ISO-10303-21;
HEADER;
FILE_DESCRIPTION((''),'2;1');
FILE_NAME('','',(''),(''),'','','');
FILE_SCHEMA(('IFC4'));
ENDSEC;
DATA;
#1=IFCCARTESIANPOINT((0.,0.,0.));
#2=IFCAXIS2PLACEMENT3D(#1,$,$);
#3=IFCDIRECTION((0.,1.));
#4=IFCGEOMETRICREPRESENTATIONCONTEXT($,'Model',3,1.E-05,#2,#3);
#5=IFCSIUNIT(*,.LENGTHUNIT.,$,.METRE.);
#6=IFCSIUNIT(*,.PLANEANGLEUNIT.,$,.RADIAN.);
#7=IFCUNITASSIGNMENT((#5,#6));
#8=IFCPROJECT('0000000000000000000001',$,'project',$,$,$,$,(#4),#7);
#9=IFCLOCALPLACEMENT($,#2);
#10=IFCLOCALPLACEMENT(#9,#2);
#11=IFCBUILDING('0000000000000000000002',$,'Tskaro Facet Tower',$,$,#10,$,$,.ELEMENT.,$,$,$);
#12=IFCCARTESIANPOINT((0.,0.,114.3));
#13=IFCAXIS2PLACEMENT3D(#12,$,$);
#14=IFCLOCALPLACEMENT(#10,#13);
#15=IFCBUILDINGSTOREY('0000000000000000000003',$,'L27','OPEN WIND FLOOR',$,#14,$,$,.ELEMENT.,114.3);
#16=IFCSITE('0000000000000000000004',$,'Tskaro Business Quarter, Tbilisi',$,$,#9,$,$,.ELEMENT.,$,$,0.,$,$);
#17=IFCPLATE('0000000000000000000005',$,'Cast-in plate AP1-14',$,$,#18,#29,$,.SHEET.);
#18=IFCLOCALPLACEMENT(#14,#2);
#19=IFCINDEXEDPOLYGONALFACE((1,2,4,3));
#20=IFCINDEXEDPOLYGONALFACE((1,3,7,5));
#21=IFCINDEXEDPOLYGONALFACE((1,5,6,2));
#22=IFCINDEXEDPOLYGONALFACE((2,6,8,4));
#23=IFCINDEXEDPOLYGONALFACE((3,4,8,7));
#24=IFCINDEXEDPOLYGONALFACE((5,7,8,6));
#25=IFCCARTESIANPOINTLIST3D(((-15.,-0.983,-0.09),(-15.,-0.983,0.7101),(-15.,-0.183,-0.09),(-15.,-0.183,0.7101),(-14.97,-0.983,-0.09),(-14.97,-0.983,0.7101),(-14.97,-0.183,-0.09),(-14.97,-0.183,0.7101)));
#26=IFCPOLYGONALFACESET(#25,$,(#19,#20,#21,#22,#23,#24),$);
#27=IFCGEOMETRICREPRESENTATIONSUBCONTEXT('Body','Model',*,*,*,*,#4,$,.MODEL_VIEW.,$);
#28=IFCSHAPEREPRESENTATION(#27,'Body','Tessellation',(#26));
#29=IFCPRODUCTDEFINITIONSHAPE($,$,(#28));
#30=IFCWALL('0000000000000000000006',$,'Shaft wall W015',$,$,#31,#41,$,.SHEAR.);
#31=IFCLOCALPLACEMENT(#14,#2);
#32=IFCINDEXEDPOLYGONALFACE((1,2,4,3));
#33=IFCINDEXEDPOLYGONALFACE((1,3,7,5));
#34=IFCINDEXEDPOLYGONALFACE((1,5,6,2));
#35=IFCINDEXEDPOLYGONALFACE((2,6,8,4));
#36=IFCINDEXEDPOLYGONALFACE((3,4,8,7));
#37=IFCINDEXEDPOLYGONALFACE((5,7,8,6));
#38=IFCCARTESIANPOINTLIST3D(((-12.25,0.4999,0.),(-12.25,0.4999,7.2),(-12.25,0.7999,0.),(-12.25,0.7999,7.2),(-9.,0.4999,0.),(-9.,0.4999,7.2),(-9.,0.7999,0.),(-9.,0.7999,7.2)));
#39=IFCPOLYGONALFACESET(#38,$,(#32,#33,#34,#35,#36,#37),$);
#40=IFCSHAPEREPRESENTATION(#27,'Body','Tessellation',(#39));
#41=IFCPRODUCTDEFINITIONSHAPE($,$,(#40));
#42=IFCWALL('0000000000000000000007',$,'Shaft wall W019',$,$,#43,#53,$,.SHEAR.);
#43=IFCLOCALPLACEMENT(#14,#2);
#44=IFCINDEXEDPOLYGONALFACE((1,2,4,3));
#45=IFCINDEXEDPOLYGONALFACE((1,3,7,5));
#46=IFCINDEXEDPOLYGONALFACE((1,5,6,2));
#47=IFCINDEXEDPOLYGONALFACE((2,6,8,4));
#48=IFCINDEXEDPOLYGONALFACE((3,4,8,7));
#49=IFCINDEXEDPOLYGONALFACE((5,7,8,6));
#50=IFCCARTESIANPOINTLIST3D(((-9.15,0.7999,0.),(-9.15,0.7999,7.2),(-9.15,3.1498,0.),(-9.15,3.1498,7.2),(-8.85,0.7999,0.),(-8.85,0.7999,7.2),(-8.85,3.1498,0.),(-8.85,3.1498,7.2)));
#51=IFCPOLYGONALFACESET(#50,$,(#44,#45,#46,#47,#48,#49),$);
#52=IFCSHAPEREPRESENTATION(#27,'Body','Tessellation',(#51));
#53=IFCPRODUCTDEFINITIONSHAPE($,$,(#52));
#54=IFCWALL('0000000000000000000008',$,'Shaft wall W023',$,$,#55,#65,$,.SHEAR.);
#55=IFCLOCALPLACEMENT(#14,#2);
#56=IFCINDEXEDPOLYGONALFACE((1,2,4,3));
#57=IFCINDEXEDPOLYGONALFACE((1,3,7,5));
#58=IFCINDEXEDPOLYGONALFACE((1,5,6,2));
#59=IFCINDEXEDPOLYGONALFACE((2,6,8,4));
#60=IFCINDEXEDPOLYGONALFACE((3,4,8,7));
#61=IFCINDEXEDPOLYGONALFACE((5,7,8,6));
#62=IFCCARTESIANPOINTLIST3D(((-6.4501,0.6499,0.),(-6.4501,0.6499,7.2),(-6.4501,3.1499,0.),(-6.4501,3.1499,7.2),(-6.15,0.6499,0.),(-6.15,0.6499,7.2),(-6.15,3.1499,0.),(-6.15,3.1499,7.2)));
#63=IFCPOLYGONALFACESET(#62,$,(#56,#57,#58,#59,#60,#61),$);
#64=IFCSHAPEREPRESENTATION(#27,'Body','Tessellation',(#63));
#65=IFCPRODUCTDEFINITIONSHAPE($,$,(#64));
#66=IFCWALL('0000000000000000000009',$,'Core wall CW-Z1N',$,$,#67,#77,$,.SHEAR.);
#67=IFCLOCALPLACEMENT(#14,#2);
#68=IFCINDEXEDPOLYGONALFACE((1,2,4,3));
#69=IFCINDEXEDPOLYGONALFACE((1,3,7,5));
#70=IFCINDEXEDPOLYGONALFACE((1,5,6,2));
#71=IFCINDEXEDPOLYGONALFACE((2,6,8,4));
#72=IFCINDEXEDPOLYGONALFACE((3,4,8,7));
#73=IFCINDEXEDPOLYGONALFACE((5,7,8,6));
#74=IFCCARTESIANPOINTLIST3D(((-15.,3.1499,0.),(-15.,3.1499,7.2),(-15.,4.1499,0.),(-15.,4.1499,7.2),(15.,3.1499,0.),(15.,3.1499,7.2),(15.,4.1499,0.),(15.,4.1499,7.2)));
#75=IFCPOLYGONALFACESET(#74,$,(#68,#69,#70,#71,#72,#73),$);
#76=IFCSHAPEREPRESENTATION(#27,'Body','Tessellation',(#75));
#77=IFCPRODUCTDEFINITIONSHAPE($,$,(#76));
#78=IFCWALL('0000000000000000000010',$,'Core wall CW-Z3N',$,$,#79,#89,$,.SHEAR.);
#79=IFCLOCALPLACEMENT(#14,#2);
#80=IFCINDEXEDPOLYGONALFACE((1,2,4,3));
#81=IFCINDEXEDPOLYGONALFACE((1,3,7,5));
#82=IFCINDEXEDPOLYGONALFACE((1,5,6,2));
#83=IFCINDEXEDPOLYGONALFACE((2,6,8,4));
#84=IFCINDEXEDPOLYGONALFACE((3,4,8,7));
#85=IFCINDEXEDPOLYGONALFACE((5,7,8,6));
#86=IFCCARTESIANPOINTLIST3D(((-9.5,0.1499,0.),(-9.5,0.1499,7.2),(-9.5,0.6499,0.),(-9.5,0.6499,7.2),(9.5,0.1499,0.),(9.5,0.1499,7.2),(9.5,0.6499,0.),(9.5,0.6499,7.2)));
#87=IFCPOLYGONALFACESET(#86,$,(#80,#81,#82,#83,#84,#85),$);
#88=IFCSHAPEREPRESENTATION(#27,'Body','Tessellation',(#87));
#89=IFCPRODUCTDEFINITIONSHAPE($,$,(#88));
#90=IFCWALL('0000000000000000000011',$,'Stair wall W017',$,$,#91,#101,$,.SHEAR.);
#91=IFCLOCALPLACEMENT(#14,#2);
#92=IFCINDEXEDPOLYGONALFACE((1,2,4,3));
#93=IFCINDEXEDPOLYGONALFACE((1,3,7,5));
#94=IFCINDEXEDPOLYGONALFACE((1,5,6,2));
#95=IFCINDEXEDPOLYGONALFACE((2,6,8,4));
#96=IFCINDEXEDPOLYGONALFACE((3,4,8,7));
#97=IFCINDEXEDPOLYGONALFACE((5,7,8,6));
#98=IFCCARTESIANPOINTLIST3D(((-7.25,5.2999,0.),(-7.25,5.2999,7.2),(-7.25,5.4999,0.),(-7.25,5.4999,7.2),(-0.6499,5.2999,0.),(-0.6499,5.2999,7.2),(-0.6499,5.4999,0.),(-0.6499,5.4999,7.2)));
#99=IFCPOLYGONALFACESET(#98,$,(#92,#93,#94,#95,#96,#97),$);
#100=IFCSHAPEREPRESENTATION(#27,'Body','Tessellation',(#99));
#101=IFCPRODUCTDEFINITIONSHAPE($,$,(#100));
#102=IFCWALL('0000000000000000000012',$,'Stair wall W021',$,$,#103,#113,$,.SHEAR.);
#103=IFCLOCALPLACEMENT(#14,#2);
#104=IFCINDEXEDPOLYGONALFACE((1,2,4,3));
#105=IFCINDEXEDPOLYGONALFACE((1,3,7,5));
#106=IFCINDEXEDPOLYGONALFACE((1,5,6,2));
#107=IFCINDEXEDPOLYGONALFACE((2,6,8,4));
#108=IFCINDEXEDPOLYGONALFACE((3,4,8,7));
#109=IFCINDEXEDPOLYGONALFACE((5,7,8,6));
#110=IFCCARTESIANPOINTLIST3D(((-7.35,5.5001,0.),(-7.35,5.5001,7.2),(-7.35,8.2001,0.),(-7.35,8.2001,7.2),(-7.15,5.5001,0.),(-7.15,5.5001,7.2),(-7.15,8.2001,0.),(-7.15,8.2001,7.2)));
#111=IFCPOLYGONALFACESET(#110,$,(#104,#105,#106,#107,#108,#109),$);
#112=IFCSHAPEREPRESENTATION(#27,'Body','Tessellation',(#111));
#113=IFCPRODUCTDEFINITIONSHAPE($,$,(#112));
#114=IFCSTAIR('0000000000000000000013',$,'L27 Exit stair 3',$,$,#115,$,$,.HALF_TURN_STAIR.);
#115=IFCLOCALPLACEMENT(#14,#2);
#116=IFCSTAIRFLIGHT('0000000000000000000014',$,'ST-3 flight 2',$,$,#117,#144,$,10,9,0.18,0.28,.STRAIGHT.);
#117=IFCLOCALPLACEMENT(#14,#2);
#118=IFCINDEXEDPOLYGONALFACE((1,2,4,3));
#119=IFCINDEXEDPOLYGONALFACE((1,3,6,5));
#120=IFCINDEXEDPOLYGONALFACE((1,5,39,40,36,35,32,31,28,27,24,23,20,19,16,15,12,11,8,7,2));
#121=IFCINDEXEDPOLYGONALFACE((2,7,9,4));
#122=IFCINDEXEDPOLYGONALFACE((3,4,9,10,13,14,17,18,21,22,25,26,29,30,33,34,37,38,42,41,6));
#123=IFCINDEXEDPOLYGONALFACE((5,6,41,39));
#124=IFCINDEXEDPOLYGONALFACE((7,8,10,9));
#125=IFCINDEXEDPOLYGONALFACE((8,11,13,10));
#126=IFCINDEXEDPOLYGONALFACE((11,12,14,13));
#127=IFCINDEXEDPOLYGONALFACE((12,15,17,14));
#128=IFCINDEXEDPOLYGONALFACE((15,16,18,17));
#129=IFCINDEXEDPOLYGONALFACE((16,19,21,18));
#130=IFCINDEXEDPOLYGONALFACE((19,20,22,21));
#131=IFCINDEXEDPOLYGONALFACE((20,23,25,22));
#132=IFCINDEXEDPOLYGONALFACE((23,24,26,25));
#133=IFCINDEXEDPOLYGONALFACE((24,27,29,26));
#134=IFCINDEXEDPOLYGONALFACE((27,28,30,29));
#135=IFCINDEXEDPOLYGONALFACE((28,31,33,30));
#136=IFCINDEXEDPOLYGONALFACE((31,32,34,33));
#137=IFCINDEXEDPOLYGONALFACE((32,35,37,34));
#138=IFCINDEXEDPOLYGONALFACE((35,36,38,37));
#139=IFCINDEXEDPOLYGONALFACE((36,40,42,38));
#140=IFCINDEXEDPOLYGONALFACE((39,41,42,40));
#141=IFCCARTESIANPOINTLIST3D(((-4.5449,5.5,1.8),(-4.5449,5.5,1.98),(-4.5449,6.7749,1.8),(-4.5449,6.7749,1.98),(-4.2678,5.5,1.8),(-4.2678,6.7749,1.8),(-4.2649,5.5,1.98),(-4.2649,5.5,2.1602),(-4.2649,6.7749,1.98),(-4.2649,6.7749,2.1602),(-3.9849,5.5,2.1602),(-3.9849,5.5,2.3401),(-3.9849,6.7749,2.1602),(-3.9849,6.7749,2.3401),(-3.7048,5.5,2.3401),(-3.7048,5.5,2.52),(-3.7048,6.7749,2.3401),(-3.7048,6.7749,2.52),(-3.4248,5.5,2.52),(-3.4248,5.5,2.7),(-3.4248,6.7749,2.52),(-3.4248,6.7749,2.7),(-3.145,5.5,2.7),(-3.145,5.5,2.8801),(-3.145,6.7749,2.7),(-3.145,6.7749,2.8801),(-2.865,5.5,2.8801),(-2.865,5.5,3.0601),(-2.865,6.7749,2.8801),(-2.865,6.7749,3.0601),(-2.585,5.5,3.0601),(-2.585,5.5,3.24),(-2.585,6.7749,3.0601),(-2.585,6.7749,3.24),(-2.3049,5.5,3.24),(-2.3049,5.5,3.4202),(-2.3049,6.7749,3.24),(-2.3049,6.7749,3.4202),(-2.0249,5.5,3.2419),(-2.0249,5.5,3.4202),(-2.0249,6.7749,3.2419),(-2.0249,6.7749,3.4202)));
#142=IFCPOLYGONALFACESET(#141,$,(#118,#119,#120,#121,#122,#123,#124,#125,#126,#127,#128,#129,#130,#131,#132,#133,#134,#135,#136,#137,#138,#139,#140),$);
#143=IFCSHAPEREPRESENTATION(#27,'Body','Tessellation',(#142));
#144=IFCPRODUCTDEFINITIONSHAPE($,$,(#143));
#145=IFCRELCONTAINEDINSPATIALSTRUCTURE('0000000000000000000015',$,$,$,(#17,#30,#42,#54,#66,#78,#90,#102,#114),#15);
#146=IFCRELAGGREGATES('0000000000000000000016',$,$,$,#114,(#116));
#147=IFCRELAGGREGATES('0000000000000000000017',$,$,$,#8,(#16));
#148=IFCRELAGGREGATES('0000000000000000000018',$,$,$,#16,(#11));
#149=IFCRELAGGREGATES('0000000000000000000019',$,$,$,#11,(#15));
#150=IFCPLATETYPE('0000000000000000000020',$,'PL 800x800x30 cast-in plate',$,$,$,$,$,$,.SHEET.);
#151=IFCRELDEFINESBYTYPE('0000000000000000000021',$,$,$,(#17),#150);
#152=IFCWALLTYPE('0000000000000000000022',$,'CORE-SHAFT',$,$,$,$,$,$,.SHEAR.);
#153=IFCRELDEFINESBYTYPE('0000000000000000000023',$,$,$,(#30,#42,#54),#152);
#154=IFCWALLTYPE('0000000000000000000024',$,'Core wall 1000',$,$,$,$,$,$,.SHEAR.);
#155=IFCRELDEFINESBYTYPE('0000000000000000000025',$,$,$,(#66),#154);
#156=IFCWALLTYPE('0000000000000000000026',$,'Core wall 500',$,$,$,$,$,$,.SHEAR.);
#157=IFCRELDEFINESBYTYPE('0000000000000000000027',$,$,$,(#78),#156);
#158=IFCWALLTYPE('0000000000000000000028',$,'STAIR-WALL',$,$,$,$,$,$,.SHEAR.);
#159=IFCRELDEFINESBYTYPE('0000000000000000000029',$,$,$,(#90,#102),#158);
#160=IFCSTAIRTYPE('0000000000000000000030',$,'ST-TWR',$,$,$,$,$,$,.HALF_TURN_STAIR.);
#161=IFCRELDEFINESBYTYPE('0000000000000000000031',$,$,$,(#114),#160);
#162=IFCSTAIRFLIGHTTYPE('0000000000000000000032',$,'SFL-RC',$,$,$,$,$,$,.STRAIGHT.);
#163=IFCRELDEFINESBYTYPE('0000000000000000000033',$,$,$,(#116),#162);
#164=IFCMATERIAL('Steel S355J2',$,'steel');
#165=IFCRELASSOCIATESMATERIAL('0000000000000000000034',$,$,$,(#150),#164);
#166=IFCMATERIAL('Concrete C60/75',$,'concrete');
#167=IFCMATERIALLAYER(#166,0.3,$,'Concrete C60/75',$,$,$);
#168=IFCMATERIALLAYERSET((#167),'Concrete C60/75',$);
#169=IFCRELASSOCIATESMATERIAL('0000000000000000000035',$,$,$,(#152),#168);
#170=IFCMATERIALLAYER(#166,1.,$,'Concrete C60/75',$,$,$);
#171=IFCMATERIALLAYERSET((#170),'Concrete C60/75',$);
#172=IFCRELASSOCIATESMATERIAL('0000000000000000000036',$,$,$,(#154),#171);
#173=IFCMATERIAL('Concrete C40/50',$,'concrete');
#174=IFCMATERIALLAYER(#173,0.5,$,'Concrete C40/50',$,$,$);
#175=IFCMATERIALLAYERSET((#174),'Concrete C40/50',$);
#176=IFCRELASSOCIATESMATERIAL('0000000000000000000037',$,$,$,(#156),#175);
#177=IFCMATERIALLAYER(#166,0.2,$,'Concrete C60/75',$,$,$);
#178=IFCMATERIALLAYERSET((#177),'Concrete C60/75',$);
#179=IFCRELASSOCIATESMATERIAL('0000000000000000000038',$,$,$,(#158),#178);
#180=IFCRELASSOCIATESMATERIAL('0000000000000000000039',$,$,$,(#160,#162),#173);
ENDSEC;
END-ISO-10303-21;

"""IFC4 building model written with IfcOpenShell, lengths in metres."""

from ifc_helpers import new_model, si_unit, direction, frame, frame_2d, origin, origin_2d, place, context, subcontext, project, spatial, polyline, rectangle, outline, extrude, material, layer, layer_set, material_profile, profile_set, type_object, element, aggregate, save


model = new_model("IFC4")

# Units and contexts
model_context = context("Model", 3, precision=1e-05, world=origin(), true_north=direction((0.0, 1.0)))
body_context = subcontext(model_context, "Body", "Model", "MODEL_VIEW")
ifc_project = project(units=[si_unit("LENGTHUNIT", "METRE"), si_unit("PLANEANGLEUNIT", "RADIAN")], contexts=[model_context])

# Site, building, storey
site_placement = place(None, origin())
site = spatial("IfcSite", under=ifc_project, at=site_placement, Name="Tskaro Business Quarter, Tbilisi", CompositionType="ELEMENT", RefElevation=0.0)
building_placement = place(site_placement, origin())
building = spatial("IfcBuilding", under=site, at=building_placement, Name="Tskaro Facet Tower", CompositionType="ELEMENT")
storey_placement = place(building_placement, frame((0.0, 0.0, 114.3)))
storey = spatial("IfcBuildingStorey", under=building, at=storey_placement, Name="L27", Description="OPEN WIND FLOOR", CompositionType="ELEMENT", Elevation=114.3)

# Shared definitions
ifc_material_1 = material(Name="Steel S355J2", Category="steel")

# Plate
ifc_material_profile_1 = material_profile(ifc_material_1, rectangle(XDim=0.8, YDim=0.8, at=origin_2d()), Name="PL 800x800x30 cast-in plate")
ifc_profile_set_1 = profile_set([ifc_material_profile_1], Name="Steel S355J2")
plate_type = type_object("IfcPlateType", Name="PL 800x800x30 cast-in plate", PredefinedType="SHEET", material=ifc_profile_set_1)
for number, where, z_axis, x_axis, name in (
    (1, (-14.97, -0.583, 0.3101), (-1.0, 0.0, 0.0), (0.0, -1.0, 0.0), "Cast-in plate AP1-14"),
):
    element("IfcPlate", number, at=place(storey_placement, frame(where, z_axis=z_axis, x_axis=x_axis)), inside=storey, type_object=plate_type, Name=name, PredefinedType="SHEET", context=body_context, shape_type="SweptSolid", body=[
        extrude(rectangle(XDim=0.8, YDim=0.8, at=origin_2d()), origin(), (0.0, 0.0, 1.0), 0.03),
    ])

# Walls
ifc_material_2 = material(Name="Concrete C60/75", Category="concrete")
ifc_layer_1 = layer(ifc_material_2, 0.3, Name="Concrete C60/75")
ifc_layer_set_1 = layer_set([ifc_layer_1], Name="Concrete C60/75")
wall_type_1 = type_object("IfcWallType", Name="CORE-SHAFT", PredefinedType="SHEAR", material=ifc_layer_set_1)
wall_1_placement = place(storey_placement, frame((-9.0, 0.6499, 0.0), z_axis=(0.0, 0.0, 1.0), x_axis=(-1.0, 0.0, 0.0)))
element("IfcWall", 2, at=wall_1_placement, inside=storey, type_object=wall_type_1, Name="Shaft wall W015", PredefinedType="SHEAR", context=body_context, shape_type="SweptSolid", body=[
    extrude(rectangle(XDim=3.25, YDim=0.3, at=frame_2d((1.625, 0.0))), origin(), (0.0, 0.0, 1.0), 7.2),
])
wall_2_placement = place(storey_placement, frame((-9.0, 0.8, 0.0), z_axis=(0.0, 0.0, 1.0), x_axis=(0.0, 1.0, 0.0)))
element("IfcWall", 3, at=wall_2_placement, inside=storey, type_object=wall_type_1, Name="Shaft wall W019", PredefinedType="SHEAR", context=body_context, shape_type="SweptSolid", body=[
    extrude(rectangle(XDim=2.3499, YDim=0.3, at=frame_2d((1.1748, 0.0))), origin(), (0.0, 0.0, 1.0), 7.2),
])
wall_3_placement = place(storey_placement, frame((-6.3, 0.6499, 0.0), z_axis=(0.0, 0.0, 1.0), x_axis=(0.0, 1.0, 0.0)))
element("IfcWall", 4, at=wall_3_placement, inside=storey, type_object=wall_type_1, Name="Shaft wall W023", PredefinedType="SHEAR", context=body_context, shape_type="SweptSolid", body=[
    extrude(rectangle(XDim=2.5, YDim=0.3, at=frame_2d((1.25, 0.0))), origin(), (0.0, 0.0, 1.0), 7.2),
])
ifc_layer_2 = layer(ifc_material_2, 1.0, Name="Concrete C60/75")
ifc_layer_set_2 = layer_set([ifc_layer_2], Name="Concrete C60/75")
wall_type_2 = type_object("IfcWallType", Name="Core wall 1000", PredefinedType="SHEAR", material=ifc_layer_set_2)
wall_4_placement = place(storey_placement, frame((-15.0, 3.6499, 0.0), z_axis=(0.0, 0.0, 1.0), x_axis=(1.0, 0.0, 0.0)))
element("IfcWall", 5, at=wall_4_placement, inside=storey, type_object=wall_type_2, Name="Core wall CW-Z1N", PredefinedType="SHEAR", context=body_context, shape_type="SweptSolid", body=[
    extrude(rectangle(XDim=30.0, YDim=1.0, at=frame_2d((15.0, 0.0))), origin(), (0.0, 0.0, 1.0), 7.2),
])
ifc_material_3 = material(Name="Concrete C40/50", Category="concrete")
ifc_layer_3 = layer(ifc_material_3, 0.5, Name="Concrete C40/50")
ifc_layer_set_3 = layer_set([ifc_layer_3], Name="Concrete C40/50")
wall_type_3 = type_object("IfcWallType", Name="Core wall 500", PredefinedType="SHEAR", material=ifc_layer_set_3)
wall_5_placement = place(storey_placement, frame((-9.5, 0.3999, 0.0), z_axis=(0.0, 0.0, 1.0), x_axis=(1.0, 0.0, 0.0)))
element("IfcWall", 6, at=wall_5_placement, inside=storey, type_object=wall_type_3, Name="Core wall CW-Z3N", PredefinedType="SHEAR", context=body_context, shape_type="SweptSolid", body=[
    extrude(rectangle(XDim=19.0, YDim=0.5, at=frame_2d((9.5, 0.0))), origin(), (0.0, 0.0, 1.0), 7.2),
])
ifc_layer_4 = layer(ifc_material_2, 0.2, Name="Concrete C60/75")
ifc_layer_set_4 = layer_set([ifc_layer_4], Name="Concrete C60/75")
wall_type_4 = type_object("IfcWallType", Name="STAIR-WALL", PredefinedType="SHEAR", material=ifc_layer_set_4)
wall_6_placement = place(storey_placement, frame((-7.25, 5.3999, 0.0), z_axis=(0.0, 0.0, 1.0), x_axis=(1.0, 0.0, 0.0)))
element("IfcWall", 7, at=wall_6_placement, inside=storey, type_object=wall_type_4, Name="Stair wall W017", PredefinedType="SHEAR", context=body_context, shape_type="SweptSolid", body=[
    extrude(rectangle(XDim=6.6001, YDim=0.2, at=frame_2d((3.3, 0.0))), origin(), (0.0, 0.0, 1.0), 7.2),
])
wall_7_placement = place(storey_placement, frame((-7.25, 5.5, 0.0), z_axis=(0.0, 0.0, 1.0), x_axis=(0.0, 1.0, 0.0)))
element("IfcWall", 8, at=wall_7_placement, inside=storey, type_object=wall_type_4, Name="Stair wall W021", PredefinedType="SHEAR", context=body_context, shape_type="SweptSolid", body=[
    extrude(rectangle(XDim=2.7, YDim=0.2, at=frame_2d((1.3501, 0.0))), origin(), (0.0, 0.0, 1.0), 7.2),
])

# Stair, stair flight
stair_type = type_object("IfcStairType", Name="ST-TWR", PredefinedType="HALF_TURN_STAIR", material=ifc_material_3)
stair_placement = place(storey_placement, origin())
stair = element("IfcStair", 9, at=stair_placement, inside=storey, type_object=stair_type, Name="L27 Exit stair 3", PredefinedType="HALF_TURN_STAIR")
stair_flight_type = type_object("IfcStairFlightType", Name="SFL-RC", PredefinedType="STRAIGHT", material=ifc_material_3)
stair_flight_placement = place(storey_placement, frame((-4.5449, 6.1375, 1.8), z_axis=(0.0, 0.0, 1.0), x_axis=(1.0, 0.0, 0.0)))
stair_flight = element("IfcStairFlight", 10, at=stair_flight_placement, type_object=stair_flight_type, Name="ST-3 flight 2", NumberOfRisers=10, NumberOfTreads=9, PredefinedType="STRAIGHT", RiserHeight=0.18, TreadLength=0.28, context=body_context, shape_type="SweptSolid", body=[
    extrude(outline(polyline([(0.0, 0.0), (0.0, 0.1799), (0.28, 0.1799), (0.28, 0.3601), (0.5601, 0.3601), (0.5601, 0.54), (0.8401, 0.54), (0.8401, 0.72), (1.1201, 0.72), (1.1201, 0.8999), (1.3999, 0.8999), (1.3999, 1.0801), (1.6799, 1.0801), (1.6799, 1.26), (1.96, 1.26), (1.96, 1.4399), (2.24, 1.4399), (2.24, 1.6201), (2.52, 1.6201), (2.52, 1.8), (2.52, 1.4419), (0.2771, 0.0), (0.0, 0.0)])), frame((0.0, 0.6375, 0.0), z_axis=(0.0, -1.0, 0.0), x_axis=(1.0, 0.0, 0.0)), (0.0, 0.0, 1.0), 1.2749),
])
aggregate(stair, [stair_flight])

save(model, "model.ifc")
